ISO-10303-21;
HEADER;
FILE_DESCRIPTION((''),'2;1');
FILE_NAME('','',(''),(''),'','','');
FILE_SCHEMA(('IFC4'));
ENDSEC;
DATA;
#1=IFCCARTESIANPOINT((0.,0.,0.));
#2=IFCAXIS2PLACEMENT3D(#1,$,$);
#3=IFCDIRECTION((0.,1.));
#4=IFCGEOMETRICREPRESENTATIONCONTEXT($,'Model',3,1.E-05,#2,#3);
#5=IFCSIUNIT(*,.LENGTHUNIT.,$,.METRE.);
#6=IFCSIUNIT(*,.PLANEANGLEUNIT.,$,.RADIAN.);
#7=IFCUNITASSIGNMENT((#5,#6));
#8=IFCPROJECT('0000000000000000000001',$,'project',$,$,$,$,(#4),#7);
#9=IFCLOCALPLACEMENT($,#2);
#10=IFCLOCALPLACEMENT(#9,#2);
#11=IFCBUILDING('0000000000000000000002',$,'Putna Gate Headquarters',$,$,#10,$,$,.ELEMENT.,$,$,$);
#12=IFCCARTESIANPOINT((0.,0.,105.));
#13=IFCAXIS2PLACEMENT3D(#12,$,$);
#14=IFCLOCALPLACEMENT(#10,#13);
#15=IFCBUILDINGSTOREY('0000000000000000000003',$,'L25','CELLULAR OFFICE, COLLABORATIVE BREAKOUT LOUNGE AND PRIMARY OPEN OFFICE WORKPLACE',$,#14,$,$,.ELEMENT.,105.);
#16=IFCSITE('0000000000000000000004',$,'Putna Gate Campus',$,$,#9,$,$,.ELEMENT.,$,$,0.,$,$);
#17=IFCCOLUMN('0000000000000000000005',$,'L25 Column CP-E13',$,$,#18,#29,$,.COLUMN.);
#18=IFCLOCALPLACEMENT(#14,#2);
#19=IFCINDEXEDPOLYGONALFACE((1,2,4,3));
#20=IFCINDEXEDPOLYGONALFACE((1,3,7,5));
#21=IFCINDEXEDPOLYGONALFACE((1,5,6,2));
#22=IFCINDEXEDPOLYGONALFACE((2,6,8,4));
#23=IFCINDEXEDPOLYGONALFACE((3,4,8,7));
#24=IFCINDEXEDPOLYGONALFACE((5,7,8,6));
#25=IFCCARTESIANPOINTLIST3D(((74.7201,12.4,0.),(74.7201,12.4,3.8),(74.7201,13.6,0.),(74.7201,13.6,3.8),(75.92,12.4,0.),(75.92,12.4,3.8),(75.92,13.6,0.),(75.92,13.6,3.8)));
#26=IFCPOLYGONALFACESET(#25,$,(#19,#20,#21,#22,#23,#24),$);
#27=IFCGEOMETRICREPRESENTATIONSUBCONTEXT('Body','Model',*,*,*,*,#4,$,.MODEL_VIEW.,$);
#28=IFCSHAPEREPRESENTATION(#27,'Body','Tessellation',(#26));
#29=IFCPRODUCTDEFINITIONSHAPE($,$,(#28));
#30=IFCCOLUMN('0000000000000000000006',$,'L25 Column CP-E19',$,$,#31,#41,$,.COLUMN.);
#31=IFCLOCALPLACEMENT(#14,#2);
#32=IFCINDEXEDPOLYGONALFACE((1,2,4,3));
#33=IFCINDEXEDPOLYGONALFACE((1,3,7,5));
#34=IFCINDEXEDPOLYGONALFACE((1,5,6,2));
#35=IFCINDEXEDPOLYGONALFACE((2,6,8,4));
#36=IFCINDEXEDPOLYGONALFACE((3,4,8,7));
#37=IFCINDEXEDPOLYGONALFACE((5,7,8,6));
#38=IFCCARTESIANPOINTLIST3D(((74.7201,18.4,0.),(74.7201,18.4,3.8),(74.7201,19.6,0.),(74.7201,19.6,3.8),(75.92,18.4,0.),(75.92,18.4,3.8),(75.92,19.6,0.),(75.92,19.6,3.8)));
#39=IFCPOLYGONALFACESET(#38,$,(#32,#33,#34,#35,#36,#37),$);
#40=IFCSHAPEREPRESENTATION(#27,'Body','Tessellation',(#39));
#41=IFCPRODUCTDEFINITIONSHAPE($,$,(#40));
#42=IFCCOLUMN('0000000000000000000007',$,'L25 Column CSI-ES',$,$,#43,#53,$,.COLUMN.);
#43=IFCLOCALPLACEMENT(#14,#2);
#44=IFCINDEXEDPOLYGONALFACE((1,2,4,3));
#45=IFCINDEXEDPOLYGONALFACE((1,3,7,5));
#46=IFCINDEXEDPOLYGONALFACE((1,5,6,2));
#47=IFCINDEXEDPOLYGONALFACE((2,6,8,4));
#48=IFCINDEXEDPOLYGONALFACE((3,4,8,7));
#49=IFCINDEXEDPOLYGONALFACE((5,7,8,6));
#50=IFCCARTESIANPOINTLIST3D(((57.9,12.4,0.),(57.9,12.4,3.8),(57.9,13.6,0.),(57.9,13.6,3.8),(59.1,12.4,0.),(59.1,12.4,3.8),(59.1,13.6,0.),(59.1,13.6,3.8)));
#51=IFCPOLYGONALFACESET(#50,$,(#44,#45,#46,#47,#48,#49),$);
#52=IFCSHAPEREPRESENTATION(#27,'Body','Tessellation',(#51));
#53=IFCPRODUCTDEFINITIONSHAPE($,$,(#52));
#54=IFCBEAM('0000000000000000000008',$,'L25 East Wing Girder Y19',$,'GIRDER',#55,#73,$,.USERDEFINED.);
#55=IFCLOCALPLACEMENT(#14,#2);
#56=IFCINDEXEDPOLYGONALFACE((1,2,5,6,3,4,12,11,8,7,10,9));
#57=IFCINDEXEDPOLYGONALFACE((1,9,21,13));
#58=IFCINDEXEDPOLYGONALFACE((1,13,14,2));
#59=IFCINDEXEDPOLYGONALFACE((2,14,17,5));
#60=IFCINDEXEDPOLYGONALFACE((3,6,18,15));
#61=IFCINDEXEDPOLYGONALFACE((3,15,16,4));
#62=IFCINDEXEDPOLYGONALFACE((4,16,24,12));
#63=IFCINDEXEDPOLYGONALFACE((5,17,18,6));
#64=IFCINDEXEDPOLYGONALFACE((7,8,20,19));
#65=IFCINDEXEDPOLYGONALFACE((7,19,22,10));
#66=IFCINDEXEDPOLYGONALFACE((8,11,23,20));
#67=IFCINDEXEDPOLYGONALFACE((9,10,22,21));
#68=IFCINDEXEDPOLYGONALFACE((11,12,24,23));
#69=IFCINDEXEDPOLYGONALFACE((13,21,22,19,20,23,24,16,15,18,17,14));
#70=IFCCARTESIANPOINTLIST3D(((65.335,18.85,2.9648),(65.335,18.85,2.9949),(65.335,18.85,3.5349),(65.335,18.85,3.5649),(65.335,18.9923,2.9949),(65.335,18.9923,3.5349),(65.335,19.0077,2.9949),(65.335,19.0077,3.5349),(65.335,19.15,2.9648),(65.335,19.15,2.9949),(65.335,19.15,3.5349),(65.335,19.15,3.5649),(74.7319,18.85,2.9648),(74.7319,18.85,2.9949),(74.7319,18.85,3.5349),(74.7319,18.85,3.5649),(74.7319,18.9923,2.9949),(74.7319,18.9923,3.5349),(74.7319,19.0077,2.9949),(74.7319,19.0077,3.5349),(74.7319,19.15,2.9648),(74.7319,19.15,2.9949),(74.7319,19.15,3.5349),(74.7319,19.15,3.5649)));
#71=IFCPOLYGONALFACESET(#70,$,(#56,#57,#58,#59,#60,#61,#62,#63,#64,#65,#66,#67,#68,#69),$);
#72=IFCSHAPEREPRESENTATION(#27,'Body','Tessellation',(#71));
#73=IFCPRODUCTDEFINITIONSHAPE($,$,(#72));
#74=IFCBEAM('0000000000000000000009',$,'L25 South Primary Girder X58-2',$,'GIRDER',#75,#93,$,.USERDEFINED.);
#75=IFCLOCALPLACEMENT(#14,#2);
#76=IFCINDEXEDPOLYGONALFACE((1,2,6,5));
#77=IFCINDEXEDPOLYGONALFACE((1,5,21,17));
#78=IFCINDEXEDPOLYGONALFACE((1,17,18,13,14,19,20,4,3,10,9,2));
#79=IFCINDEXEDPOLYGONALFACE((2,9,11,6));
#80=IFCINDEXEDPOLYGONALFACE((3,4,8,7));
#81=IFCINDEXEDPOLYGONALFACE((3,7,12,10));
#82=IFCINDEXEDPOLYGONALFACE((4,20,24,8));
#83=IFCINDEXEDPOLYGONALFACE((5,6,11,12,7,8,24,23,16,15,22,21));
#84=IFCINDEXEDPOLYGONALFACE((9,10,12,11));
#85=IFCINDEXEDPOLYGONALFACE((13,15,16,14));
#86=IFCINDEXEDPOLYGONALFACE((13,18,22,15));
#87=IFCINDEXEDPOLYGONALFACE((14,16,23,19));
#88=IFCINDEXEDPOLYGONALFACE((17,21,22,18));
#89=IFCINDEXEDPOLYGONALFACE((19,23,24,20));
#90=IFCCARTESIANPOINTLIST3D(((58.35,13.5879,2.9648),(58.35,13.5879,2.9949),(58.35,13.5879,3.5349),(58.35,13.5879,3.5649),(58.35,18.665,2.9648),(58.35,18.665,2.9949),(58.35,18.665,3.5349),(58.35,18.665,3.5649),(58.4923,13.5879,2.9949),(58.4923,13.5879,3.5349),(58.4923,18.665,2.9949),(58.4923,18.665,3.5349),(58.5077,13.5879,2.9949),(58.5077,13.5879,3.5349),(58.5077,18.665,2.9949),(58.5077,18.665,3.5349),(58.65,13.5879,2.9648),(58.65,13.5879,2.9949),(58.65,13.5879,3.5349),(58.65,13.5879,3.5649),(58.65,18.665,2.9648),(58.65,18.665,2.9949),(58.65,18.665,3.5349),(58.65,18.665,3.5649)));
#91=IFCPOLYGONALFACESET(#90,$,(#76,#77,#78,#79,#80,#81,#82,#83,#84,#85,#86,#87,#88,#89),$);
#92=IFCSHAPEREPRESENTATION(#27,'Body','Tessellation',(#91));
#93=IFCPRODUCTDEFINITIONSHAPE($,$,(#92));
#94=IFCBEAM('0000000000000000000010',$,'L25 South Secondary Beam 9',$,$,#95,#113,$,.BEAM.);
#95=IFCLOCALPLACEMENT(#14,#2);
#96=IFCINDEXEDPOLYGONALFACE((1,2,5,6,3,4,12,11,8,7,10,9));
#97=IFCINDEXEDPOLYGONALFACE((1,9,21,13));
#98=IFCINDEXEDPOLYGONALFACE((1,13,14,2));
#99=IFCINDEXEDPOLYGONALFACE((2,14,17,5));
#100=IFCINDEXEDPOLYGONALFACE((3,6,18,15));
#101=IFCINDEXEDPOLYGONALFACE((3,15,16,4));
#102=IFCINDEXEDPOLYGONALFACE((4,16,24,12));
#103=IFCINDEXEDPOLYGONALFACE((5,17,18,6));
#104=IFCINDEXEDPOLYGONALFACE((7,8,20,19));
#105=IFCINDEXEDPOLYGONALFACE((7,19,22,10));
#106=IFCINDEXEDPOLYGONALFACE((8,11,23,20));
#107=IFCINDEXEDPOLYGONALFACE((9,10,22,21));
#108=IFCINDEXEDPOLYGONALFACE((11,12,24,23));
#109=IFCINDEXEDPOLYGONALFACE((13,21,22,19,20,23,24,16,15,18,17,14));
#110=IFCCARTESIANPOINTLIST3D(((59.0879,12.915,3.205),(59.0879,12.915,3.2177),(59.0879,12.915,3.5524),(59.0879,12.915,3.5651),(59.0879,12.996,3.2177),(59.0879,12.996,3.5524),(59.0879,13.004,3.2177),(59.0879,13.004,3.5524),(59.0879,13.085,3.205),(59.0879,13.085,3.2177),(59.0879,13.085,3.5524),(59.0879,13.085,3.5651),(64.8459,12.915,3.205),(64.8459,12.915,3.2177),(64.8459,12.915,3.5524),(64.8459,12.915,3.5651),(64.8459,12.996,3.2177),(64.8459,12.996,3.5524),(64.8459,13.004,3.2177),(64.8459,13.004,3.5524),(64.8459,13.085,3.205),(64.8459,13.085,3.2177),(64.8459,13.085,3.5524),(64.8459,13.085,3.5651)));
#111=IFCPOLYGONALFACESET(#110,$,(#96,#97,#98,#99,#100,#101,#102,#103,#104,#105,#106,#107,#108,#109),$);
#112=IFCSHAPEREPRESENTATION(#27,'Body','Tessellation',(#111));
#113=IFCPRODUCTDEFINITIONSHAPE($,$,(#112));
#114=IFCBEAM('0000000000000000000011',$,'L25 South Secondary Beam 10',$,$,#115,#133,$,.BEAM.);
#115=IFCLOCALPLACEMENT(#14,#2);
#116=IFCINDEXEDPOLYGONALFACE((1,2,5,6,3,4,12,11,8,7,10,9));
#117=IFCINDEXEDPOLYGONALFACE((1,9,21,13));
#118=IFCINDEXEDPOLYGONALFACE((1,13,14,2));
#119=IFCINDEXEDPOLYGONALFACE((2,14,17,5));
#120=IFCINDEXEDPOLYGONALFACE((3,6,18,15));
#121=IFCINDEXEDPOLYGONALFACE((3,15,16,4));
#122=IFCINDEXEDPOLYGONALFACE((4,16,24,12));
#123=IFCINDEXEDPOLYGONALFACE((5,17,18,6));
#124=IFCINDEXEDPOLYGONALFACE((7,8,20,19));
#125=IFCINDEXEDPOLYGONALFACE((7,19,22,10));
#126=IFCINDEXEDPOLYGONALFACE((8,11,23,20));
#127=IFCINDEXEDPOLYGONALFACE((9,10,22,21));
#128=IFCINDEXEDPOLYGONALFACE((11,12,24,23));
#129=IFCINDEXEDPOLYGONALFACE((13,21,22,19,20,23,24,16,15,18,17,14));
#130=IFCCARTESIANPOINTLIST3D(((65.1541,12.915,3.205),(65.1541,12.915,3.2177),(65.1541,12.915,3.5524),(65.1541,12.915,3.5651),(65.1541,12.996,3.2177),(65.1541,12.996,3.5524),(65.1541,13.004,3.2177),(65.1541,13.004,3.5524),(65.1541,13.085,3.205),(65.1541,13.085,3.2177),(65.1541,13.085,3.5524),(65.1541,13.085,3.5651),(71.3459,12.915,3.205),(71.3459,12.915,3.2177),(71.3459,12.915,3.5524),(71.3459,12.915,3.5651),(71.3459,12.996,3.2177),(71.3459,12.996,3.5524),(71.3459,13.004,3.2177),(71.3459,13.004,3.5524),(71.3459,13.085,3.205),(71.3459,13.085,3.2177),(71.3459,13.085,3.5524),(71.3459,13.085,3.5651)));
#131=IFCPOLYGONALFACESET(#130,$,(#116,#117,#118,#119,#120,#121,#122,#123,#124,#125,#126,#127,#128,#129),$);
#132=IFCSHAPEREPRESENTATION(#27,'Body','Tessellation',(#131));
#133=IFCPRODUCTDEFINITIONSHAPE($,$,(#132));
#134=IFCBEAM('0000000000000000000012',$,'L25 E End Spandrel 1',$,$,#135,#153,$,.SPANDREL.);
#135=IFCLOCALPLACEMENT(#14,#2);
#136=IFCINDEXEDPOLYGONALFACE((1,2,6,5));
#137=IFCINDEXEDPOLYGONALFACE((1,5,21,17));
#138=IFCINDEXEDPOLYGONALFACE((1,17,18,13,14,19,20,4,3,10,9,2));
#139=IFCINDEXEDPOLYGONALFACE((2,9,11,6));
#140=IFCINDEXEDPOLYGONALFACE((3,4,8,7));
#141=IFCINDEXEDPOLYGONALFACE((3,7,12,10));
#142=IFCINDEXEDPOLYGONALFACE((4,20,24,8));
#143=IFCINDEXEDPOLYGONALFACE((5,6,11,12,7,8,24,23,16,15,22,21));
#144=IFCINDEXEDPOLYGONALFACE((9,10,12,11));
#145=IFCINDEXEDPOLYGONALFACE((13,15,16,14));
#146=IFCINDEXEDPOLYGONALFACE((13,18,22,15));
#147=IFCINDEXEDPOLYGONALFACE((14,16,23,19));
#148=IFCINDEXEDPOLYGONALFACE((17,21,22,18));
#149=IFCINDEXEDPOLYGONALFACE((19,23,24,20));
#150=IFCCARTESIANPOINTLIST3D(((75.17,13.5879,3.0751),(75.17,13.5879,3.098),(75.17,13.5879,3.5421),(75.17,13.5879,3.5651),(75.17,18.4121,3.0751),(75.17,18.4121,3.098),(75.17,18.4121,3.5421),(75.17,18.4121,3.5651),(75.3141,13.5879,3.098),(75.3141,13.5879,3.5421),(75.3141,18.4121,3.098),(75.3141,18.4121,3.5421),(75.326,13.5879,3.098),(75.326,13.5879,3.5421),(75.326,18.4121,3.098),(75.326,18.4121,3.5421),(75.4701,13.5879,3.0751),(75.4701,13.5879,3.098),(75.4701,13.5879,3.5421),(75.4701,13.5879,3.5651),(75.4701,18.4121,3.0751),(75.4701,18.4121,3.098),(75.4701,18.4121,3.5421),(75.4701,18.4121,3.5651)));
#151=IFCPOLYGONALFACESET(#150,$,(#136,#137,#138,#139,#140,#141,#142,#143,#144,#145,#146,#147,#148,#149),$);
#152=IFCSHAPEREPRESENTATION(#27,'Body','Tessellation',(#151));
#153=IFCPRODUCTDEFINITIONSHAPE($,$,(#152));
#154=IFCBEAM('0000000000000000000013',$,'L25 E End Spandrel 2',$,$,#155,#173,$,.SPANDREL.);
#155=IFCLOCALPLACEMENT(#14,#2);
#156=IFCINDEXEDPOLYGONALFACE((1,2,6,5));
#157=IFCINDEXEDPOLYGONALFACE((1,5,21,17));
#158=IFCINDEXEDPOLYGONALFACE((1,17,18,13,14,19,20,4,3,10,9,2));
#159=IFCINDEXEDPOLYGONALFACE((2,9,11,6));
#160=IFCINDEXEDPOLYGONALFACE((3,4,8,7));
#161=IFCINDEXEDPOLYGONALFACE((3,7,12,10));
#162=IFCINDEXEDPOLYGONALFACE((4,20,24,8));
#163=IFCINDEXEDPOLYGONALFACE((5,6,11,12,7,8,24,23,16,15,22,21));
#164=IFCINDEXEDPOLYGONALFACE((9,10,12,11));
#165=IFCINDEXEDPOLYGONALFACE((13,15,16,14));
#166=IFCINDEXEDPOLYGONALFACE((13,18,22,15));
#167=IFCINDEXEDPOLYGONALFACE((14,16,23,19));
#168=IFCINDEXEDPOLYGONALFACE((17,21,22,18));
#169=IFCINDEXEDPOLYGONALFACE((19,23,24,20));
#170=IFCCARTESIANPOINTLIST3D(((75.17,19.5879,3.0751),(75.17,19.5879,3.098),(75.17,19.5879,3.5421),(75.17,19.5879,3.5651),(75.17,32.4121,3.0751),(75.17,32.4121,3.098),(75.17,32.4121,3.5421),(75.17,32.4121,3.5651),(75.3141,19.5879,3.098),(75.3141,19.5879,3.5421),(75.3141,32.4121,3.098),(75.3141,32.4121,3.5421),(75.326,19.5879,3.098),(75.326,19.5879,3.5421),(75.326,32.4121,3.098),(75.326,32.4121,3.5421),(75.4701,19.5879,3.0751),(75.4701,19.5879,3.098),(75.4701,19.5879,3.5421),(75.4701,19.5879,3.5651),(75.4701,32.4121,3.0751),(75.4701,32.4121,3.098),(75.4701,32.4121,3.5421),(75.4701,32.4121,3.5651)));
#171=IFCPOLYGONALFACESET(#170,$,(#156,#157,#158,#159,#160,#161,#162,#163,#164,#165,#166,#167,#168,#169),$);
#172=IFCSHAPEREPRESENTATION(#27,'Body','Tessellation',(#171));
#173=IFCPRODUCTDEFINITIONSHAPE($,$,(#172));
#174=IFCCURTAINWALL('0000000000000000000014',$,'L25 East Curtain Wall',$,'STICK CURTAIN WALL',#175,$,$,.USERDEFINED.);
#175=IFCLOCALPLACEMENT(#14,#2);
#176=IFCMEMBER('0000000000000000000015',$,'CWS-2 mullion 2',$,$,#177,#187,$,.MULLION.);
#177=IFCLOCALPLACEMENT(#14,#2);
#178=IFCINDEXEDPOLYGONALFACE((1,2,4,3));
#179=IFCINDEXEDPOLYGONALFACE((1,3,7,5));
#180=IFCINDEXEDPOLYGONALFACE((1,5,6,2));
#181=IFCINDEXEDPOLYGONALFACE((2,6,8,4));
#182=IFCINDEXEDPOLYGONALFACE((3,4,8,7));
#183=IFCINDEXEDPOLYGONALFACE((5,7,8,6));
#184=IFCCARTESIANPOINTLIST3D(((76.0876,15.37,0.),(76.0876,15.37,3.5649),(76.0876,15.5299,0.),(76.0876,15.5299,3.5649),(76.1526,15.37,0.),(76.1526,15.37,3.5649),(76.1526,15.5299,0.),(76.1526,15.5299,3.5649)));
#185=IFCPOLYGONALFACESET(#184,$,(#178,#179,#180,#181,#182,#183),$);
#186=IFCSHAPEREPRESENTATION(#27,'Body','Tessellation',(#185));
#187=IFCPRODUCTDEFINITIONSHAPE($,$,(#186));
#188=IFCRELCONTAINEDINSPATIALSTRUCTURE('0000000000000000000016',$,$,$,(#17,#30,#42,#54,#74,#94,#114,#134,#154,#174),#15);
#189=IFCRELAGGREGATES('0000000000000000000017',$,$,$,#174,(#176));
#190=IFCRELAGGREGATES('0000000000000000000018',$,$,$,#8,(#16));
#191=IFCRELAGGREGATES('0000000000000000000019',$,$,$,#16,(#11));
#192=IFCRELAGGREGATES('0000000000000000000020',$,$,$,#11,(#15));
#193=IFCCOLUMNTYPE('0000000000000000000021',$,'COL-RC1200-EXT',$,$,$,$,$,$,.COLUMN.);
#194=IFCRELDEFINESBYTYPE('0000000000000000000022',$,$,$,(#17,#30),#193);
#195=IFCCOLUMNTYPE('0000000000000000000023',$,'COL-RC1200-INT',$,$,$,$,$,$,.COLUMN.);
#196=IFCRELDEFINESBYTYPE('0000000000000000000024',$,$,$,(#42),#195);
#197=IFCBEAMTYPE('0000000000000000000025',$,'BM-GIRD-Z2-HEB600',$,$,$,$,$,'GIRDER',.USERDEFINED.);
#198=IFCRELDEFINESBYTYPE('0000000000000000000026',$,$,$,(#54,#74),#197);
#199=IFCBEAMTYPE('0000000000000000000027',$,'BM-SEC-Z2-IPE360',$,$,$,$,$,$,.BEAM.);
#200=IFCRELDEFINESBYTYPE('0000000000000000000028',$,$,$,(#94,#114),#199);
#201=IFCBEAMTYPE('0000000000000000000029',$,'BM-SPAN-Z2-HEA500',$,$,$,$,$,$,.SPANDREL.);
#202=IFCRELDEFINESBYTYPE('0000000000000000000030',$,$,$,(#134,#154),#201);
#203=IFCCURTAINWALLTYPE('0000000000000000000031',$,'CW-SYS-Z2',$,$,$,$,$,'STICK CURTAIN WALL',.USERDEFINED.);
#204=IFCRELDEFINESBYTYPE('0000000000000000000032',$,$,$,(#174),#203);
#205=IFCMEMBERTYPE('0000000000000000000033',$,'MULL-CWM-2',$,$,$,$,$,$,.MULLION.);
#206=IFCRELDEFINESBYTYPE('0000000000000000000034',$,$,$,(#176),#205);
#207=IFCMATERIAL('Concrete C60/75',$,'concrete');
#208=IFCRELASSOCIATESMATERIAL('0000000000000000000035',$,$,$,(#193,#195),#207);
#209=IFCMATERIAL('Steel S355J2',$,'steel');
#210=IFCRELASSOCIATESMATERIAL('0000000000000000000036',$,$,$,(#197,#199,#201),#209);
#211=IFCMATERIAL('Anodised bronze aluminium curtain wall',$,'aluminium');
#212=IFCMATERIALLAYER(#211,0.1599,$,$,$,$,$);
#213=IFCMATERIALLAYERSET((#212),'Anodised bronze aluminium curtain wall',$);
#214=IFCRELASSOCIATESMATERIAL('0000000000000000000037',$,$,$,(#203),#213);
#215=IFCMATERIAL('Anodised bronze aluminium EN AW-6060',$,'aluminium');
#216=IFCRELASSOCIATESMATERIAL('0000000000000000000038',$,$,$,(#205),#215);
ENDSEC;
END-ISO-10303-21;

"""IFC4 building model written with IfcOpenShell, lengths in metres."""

from ifc_helpers import new_model, si_unit, direction, frame, origin, origin_2d, place, context, subcontext, project, spatial, rectangle, i_section, extrude, material, layer, layer_set, material_profile, profile_set, type_object, element, aggregate, save


model = new_model("IFC4")

# Units and contexts
model_context = context("Model", 3, precision=1e-05, world=origin(), true_north=direction((0.0, 1.0)))
body_context = subcontext(model_context, "Body", "Model", "MODEL_VIEW")
ifc_project = project(units=[si_unit("LENGTHUNIT", "METRE"), si_unit("PLANEANGLEUNIT", "RADIAN")], contexts=[model_context])

# Site, building, storey
site_placement = place(None, origin())
site = spatial("IfcSite", under=ifc_project, at=site_placement, Name="Putna Gate Campus", CompositionType="ELEMENT", RefElevation=0.0)
building_placement = place(site_placement, origin())
building = spatial("IfcBuilding", under=site, at=building_placement, Name="Putna Gate Headquarters", CompositionType="ELEMENT")
storey_placement = place(building_placement, frame((0.0, 0.0, 105.0)))
storey = spatial("IfcBuildingStorey", under=building, at=storey_placement, Name="L25", Description="CELLULAR OFFICE, COLLABORATIVE BREAKOUT LOUNGE AND PRIMARY OPEN OFFICE WORKPLACE", CompositionType="ELEMENT", Elevation=105.0)

# Columns
ifc_material_1 = material(Name="Concrete C60/75", Category="concrete")
ifc_material_profile_1 = material_profile(ifc_material_1, rectangle(XDim=1.2, YDim=1.2, at=origin_2d()), Name="Concrete C60/75")
ifc_profile_set_1 = profile_set([ifc_material_profile_1], Name="Concrete C60/75")
column_type_1 = type_object("IfcColumnType", Name="COL-RC1200-EXT", PredefinedType="COLUMN", material=ifc_profile_set_1)
for number, where, z_axis, x_axis, name in (
    (1, (75.3201, 13.0, 0.0), (0.0, 0.0, 1.0), (1.0, 0.0, 0.0), "L25 Column CP-E13"),
    (2, (75.3201, 19.0, 0.0), (0.0, 0.0, 1.0), (1.0, 0.0, 0.0), "L25 Column CP-E19"),
):
    element("IfcColumn", number, at=place(storey_placement, frame(where, z_axis=z_axis, x_axis=x_axis)), inside=storey, type_object=column_type_1, Name=name, PredefinedType="COLUMN", context=body_context, shape_type="SweptSolid", body=[
        extrude(rectangle(XDim=1.2, YDim=1.2, at=origin_2d()), origin(), (0.0, 0.0, 1.0), 3.8),
    ])
ifc_material_profile_2 = material_profile(ifc_material_1, rectangle(XDim=1.2, YDim=1.2, at=origin_2d()), Name="Concrete C60/75")
ifc_profile_set_2 = profile_set([ifc_material_profile_2], Name="Concrete C60/75")
column_type_2 = type_object("IfcColumnType", Name="COL-RC1200-INT", PredefinedType="COLUMN", material=ifc_profile_set_2)
column_placement = place(storey_placement, frame((58.5, 13.0, 0.0), z_axis=(0.0, 0.0, 1.0), x_axis=(1.0, 0.0, 0.0)))
element("IfcColumn", 3, at=column_placement, inside=storey, type_object=column_type_2, Name="L25 Column CSI-ES", PredefinedType="COLUMN", context=body_context, shape_type="SweptSolid", body=[
    extrude(rectangle(XDim=1.2, YDim=1.2, at=origin_2d()), origin(), (0.0, 0.0, 1.0), 3.8),
])

# Beams
ifc_material_2 = material(Name="Steel S355J2", Category="steel")
ifc_material_profile_3 = material_profile(ifc_material_2, i_section(OverallWidth=0.3, OverallDepth=0.6001, WebThickness=0.0154, FlangeThickness=0.03, at=origin_2d()), Name="Steel S355J2")
ifc_profile_set_3 = profile_set([ifc_material_profile_3], Name="Steel S355J2")
beam_type_1 = type_object("IfcBeamType", Name="BM-GIRD-Z2-HEB600", ElementType="GIRDER", PredefinedType="USERDEFINED", material=ifc_profile_set_3)
beam_1_placement = place(storey_placement, frame((65.335, 19.0, 3.2649), z_axis=(1.0, 0.0, 0.0), x_axis=(0.0, 1.0, 0.0)))
element("IfcBeam", 4, at=beam_1_placement, inside=storey, type_object=beam_type_1, Name="L25 East Wing Girder Y19", ObjectType="GIRDER", PredefinedType="USERDEFINED", context=body_context, shape_type="SweptSolid", body=[
    extrude(i_section(OverallWidth=0.3, OverallDepth=0.6001, WebThickness=0.0154, FlangeThickness=0.03, at=origin_2d()), origin(), (0.0, 0.0, 1.0), 9.397),
])
beam_2_placement = place(storey_placement, frame((58.5, 13.5879, 3.2649), z_axis=(0.0, 1.0, 0.0), x_axis=(-1.0, 0.0, 0.0)))
element("IfcBeam", 5, at=beam_2_placement, inside=storey, type_object=beam_type_1, Name="L25 South Primary Girder X58-2", ObjectType="GIRDER", PredefinedType="USERDEFINED", context=body_context, shape_type="SweptSolid", body=[
    extrude(i_section(OverallWidth=0.3, OverallDepth=0.6001, WebThickness=0.0154, FlangeThickness=0.03, at=origin_2d()), origin(), (0.0, 0.0, 1.0), 5.0771),
])
ifc_material_profile_4 = material_profile(ifc_material_2, i_section(OverallWidth=0.1699, OverallDepth=0.3601, WebThickness=0.0081, FlangeThickness=0.0127, at=origin_2d()), Name="Steel S355J2")
ifc_profile_set_4 = profile_set([ifc_material_profile_4], Name="Steel S355J2")
beam_type_2 = type_object("IfcBeamType", Name="BM-SEC-Z2-IPE360", PredefinedType="BEAM", material=ifc_profile_set_4)
beam_3_placement = place(storey_placement, frame((59.0879, 13.0, 3.385), z_axis=(1.0, 0.0, 0.0), x_axis=(0.0, 1.0, 0.0)))
element("IfcBeam", 6, at=beam_3_placement, inside=storey, type_object=beam_type_2, Name="L25 South Secondary Beam 9", PredefinedType="BEAM", context=body_context, shape_type="SweptSolid", body=[
    extrude(i_section(OverallWidth=0.1699, OverallDepth=0.3601, WebThickness=0.0081, FlangeThickness=0.0127, at=origin_2d()), origin(), (0.0, 0.0, 1.0), 5.7581),
])
beam_4_placement = place(storey_placement, frame((65.1541, 13.0, 3.385), z_axis=(1.0, 0.0, 0.0), x_axis=(0.0, 1.0, 0.0)))
element("IfcBeam", 7, at=beam_4_placement, inside=storey, type_object=beam_type_2, Name="L25 South Secondary Beam 10", PredefinedType="BEAM", context=body_context, shape_type="SweptSolid", body=[
    extrude(i_section(OverallWidth=0.1699, OverallDepth=0.3601, WebThickness=0.0081, FlangeThickness=0.0127, at=origin_2d()), origin(), (0.0, 0.0, 1.0), 6.1919),
])
ifc_material_profile_5 = material_profile(ifc_material_2, i_section(OverallWidth=0.3, OverallDepth=0.49, WebThickness=0.012, FlangeThickness=0.0229, at=origin_2d()), Name="Steel S355J2")
ifc_profile_set_5 = profile_set([ifc_material_profile_5], Name="Steel S355J2")
beam_type_3 = type_object("IfcBeamType", Name="BM-SPAN-Z2-HEA500", PredefinedType="SPANDREL", material=ifc_profile_set_5)
beam_5_placement = place(storey_placement, frame((75.3201, 13.5879, 3.3201), z_axis=(0.0, 1.0, 0.0), x_axis=(-1.0, 0.0, 0.0)))
element("IfcBeam", 8, at=beam_5_placement, inside=storey, type_object=beam_type_3, Name="L25 E End Spandrel 1", PredefinedType="SPANDREL", context=body_context, shape_type="SweptSolid", body=[
    extrude(i_section(OverallWidth=0.3, OverallDepth=0.49, WebThickness=0.012, FlangeThickness=0.0229, at=origin_2d()), origin(), (0.0, 0.0, 1.0), 4.8242),
])
beam_6_placement = place(storey_placement, frame((75.3201, 19.5879, 3.3201), z_axis=(0.0, 1.0, 0.0), x_axis=(-1.0, 0.0, 0.0)))
element("IfcBeam", 9, at=beam_6_placement, inside=storey, type_object=beam_type_3, Name="L25 E End Spandrel 2", PredefinedType="SPANDREL", context=body_context, shape_type="SweptSolid", body=[
    extrude(i_section(OverallWidth=0.3, OverallDepth=0.49, WebThickness=0.012, FlangeThickness=0.0229, at=origin_2d()), origin(), (0.0, 0.0, 1.0), 12.8242),
])

# Curtain wall, member
ifc_material_3 = material(Name="Anodised bronze aluminium curtain wall", Category="aluminium")
ifc_layer_1 = layer(ifc_material_3, 0.1599)
ifc_layer_set_1 = layer_set([ifc_layer_1], Name="Anodised bronze aluminium curtain wall")
curtain_wall_type = type_object("IfcCurtainWallType", Name="CW-SYS-Z2", ElementType="STICK CURTAIN WALL", PredefinedType="USERDEFINED", material=ifc_layer_set_1)
curtain_wall_placement = place(storey_placement, origin())
curtain_wall = element("IfcCurtainWall", 10, at=curtain_wall_placement, inside=storey, type_object=curtain_wall_type, Name="L25 East Curtain Wall", ObjectType="STICK CURTAIN WALL", PredefinedType="USERDEFINED")
ifc_material_4 = material(Name="Anodised bronze aluminium EN AW-6060", Category="aluminium")
ifc_material_profile_6 = material_profile(ifc_material_4, rectangle(XDim=0.0649, YDim=0.1599, at=origin_2d()), Name="Anodised bronze aluminium EN AW-6060")
ifc_profile_set_6 = profile_set([ifc_material_profile_6], Name="Anodised bronze aluminium EN AW-6060")
member_type_1 = type_object("IfcMemberType", Name="MULL-CWM-2", PredefinedType="MULLION", material=ifc_profile_set_6)
member_1_placement = place(storey_placement, frame((76.1201, 15.45, 0.0), z_axis=(0.0, 0.0, 1.0), x_axis=(-1.0, 0.0, 0.0)))
member_1 = element("IfcMember", 11, at=member_1_placement, type_object=member_type_1, Name="CWS-2 mullion 2", PredefinedType="MULLION", context=body_context, shape_type="SweptSolid", body=[
    extrude(rectangle(XDim=0.0649, YDim=0.1599, at=origin_2d()), origin(), (0.0, 0.0, 1.0), 3.5649),
])
aggregate(curtain_wall, [member_1])

save(model, "model.ifc")
